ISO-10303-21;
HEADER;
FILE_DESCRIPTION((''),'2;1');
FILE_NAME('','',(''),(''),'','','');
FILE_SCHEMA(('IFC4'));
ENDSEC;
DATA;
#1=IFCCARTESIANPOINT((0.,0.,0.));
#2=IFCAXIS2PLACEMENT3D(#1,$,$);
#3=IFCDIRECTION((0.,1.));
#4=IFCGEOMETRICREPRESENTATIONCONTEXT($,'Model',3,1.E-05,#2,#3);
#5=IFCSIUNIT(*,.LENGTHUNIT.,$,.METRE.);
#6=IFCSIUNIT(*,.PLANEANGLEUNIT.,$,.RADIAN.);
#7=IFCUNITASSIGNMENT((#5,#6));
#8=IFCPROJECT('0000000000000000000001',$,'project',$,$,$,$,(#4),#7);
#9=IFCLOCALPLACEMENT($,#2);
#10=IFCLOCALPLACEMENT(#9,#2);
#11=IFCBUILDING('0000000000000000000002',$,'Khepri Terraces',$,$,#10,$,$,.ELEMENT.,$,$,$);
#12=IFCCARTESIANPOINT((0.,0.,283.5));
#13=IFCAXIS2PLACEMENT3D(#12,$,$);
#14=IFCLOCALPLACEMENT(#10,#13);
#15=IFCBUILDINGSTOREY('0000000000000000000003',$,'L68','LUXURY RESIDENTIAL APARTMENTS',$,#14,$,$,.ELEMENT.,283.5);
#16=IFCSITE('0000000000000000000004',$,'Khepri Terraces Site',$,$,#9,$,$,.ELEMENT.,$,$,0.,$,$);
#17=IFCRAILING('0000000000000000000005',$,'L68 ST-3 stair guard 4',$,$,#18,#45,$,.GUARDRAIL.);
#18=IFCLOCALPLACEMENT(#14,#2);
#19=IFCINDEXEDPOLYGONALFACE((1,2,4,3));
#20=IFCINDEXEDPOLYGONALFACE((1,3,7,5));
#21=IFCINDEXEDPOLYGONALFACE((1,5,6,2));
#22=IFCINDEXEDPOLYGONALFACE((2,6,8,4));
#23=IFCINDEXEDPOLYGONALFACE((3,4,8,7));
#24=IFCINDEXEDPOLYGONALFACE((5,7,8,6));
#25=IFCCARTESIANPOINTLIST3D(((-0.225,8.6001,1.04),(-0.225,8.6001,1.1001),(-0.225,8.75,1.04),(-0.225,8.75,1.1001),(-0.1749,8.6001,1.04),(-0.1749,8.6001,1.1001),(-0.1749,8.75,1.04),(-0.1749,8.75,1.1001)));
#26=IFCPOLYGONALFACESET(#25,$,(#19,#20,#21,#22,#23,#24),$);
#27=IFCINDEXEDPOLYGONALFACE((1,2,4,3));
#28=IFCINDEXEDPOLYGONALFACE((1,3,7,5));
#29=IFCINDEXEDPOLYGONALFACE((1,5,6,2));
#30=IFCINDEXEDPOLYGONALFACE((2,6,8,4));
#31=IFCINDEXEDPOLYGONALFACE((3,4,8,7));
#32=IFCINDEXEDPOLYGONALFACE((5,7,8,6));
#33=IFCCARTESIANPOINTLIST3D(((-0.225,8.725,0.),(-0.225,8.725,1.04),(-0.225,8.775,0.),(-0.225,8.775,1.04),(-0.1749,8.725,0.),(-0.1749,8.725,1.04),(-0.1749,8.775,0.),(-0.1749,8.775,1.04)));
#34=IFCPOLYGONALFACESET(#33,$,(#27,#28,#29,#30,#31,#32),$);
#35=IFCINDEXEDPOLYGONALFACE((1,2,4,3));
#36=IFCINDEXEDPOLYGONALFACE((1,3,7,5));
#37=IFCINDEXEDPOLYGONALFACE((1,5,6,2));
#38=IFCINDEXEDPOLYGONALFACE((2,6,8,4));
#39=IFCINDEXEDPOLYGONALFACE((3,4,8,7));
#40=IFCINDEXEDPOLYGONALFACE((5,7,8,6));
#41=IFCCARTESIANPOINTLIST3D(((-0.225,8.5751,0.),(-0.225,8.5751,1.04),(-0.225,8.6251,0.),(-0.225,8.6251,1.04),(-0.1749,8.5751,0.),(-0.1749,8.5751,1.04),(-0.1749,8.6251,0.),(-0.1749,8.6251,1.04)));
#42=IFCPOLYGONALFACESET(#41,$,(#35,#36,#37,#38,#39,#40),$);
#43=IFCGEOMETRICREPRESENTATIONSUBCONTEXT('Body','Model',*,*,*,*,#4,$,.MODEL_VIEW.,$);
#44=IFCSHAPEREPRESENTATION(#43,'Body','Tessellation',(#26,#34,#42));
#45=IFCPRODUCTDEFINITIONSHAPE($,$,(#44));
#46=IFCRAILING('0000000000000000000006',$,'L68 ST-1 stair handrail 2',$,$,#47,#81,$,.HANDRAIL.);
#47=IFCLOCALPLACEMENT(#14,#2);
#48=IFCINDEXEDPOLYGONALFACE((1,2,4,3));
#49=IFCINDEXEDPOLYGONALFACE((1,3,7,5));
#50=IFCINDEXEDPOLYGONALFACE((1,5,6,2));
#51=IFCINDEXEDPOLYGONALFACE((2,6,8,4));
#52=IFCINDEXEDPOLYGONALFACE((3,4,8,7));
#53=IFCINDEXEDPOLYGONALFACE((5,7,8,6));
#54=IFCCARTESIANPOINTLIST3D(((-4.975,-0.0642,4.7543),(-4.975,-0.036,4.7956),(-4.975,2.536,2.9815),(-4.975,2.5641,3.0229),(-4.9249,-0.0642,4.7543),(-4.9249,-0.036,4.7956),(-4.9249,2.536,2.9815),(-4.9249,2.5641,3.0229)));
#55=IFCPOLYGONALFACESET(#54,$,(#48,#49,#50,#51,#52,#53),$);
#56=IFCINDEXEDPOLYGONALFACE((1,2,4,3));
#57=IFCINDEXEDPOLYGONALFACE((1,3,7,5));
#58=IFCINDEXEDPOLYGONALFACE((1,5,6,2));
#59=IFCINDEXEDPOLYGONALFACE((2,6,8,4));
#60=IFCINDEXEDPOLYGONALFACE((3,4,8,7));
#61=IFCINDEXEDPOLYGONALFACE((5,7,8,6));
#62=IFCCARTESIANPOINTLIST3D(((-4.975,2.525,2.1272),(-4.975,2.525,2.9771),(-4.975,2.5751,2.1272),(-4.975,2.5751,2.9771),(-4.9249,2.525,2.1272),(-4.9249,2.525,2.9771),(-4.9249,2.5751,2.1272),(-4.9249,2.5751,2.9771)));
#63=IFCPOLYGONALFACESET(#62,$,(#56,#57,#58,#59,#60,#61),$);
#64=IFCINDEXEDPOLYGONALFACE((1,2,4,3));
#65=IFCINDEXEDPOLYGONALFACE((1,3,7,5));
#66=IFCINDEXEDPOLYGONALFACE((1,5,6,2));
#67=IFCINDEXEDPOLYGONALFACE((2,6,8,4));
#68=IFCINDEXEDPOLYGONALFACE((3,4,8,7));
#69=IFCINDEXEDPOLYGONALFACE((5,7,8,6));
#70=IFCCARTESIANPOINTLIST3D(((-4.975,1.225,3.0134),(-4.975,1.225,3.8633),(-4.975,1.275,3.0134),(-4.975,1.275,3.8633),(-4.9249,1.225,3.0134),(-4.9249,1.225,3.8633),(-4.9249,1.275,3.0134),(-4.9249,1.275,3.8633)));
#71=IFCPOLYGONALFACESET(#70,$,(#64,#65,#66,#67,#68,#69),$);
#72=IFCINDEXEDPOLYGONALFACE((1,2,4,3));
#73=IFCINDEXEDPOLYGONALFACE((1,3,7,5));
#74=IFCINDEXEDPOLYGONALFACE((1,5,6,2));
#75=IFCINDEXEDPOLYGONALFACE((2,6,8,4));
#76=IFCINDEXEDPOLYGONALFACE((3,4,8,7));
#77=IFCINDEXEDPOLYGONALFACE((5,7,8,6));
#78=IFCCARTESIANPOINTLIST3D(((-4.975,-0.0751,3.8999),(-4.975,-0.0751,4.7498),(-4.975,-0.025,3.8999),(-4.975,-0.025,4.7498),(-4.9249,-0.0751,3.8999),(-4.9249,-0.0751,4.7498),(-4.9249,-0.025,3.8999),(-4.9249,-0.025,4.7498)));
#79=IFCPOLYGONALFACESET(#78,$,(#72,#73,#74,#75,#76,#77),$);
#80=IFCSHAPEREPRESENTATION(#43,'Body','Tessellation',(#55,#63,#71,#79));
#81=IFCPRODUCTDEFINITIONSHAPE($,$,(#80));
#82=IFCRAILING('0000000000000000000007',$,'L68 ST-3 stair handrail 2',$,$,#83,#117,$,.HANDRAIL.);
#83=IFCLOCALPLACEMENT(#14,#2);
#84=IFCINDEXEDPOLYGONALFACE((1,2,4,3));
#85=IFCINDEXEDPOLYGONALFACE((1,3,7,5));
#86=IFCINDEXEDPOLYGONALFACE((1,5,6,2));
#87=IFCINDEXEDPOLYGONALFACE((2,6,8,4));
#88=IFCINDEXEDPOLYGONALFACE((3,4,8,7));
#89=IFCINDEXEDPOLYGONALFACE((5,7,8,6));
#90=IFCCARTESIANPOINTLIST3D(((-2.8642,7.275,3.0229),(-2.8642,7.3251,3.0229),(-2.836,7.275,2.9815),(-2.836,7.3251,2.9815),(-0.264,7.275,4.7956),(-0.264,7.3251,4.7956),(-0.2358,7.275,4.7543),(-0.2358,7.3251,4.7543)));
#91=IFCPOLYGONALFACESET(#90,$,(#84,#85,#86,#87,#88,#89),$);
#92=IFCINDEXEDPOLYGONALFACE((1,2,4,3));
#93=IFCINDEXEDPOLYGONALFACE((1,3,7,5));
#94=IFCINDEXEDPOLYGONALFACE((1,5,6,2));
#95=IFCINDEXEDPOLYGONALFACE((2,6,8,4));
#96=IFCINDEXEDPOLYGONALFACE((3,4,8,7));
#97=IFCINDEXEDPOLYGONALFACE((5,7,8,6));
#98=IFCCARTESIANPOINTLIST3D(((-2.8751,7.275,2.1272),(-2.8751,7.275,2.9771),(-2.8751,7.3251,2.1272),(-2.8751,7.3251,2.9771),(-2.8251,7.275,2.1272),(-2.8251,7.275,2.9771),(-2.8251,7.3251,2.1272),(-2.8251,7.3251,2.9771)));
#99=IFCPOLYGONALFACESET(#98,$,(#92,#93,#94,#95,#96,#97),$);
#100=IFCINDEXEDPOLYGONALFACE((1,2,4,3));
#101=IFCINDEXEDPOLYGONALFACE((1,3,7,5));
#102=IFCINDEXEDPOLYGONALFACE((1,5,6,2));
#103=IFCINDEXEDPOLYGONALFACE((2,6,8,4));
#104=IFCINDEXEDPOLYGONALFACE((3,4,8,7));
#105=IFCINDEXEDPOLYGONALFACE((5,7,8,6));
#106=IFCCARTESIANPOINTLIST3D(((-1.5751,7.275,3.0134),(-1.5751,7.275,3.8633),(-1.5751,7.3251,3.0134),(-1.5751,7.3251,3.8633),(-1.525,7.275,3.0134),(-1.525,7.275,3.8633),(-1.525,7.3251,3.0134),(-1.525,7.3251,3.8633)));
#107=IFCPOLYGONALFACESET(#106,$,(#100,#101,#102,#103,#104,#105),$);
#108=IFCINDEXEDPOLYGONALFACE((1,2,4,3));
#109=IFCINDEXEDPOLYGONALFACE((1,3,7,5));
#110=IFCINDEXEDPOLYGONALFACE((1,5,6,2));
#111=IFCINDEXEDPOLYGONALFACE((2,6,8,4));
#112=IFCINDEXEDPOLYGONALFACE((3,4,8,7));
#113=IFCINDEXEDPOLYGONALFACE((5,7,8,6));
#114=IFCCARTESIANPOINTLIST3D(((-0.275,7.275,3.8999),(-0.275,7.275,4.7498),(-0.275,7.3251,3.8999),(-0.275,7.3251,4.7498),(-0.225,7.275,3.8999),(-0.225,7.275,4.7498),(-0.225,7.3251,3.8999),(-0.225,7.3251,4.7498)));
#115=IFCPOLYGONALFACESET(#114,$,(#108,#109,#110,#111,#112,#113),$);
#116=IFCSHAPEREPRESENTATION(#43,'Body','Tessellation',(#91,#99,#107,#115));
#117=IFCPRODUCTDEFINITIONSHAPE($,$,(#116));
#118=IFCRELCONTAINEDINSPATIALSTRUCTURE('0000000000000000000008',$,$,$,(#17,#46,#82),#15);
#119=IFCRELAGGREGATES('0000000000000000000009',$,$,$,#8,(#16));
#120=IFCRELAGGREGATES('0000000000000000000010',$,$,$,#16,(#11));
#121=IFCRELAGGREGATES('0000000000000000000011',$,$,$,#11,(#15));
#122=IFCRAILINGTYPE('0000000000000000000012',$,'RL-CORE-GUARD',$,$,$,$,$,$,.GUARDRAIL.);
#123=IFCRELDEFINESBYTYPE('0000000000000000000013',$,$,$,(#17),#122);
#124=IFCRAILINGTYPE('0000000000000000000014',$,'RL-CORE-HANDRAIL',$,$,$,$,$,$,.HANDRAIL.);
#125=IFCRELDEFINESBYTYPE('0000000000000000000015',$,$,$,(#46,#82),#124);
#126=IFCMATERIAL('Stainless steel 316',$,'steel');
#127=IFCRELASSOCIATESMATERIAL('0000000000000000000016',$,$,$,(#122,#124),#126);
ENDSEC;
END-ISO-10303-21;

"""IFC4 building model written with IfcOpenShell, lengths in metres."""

from ifc_helpers import new_model, si_unit, direction, frame, origin, origin_2d, place, context, subcontext, project, spatial, rectangle, extrude, material, type_object, element, save


model = new_model("IFC4")

# Units and contexts
model_context = context("Model", 3, precision=1e-05, world=origin(), true_north=direction((0.0, 1.0)))
body_context = subcontext(model_context, "Body", "Model", "MODEL_VIEW")
ifc_project = project(units=[si_unit("LENGTHUNIT", "METRE"), si_unit("PLANEANGLEUNIT", "RADIAN")], contexts=[model_context])

# Site, building, storey
site_placement = place(None, origin())
site = spatial("IfcSite", under=ifc_project, at=site_placement, Name="Khepri Terraces Site", CompositionType="ELEMENT", RefElevation=0.0)
building_placement = place(site_placement, origin())
building = spatial("IfcBuilding", under=site, at=building_placement, Name="Khepri Terraces", CompositionType="ELEMENT")
storey_placement = place(building_placement, frame((0.0, 0.0, 283.5)))
storey = spatial("IfcBuildingStorey", under=building, at=storey_placement, Name="L68", Description="LUXURY RESIDENTIAL APARTMENTS", CompositionType="ELEMENT", Elevation=283.5)

# Railings
ifc_material_1 = material(Name="Stainless steel 316", Category="steel")
railing_type_1 = type_object("IfcRailingType", Name="RL-CORE-GUARD", PredefinedType="GUARDRAIL", material=ifc_material_1)
railing_1_placement = place(storey_placement, frame((-0.2, 8.75, 0.0)))
element("IfcRailing", 1, at=railing_1_placement, inside=storey, type_object=railing_type_1, Name="L68 ST-3 stair guard 4", PredefinedType="GUARDRAIL", context=body_context, shape_type="SweptSolid", body=[
    extrude(rectangle(XDim=0.05, YDim=0.0601, at=origin_2d()), frame((0.0, 0.0, 1.0701), z_axis=(0.0, -1.0, 0.0), x_axis=(1.0, 0.0, 0.0)), (0.0, 0.0, 1.0), 0.1499),
    extrude(rectangle(XDim=0.05, YDim=0.05, at=origin_2d()), origin(), (0.0, 0.0, 1.0), 1.04),
    extrude(rectangle(XDim=0.05, YDim=0.05, at=origin_2d()), frame((0.0, -0.1499, 0.0)), (0.0, 0.0, 1.0), 1.04),
])
railing_type_2 = type_object("IfcRailingType", Name="RL-CORE-HANDRAIL", PredefinedType="HANDRAIL", material=ifc_material_1)
railing_2_placement = place(storey_placement, frame((-4.95, 2.55, 2.1272)))
element("IfcRailing", 2, at=railing_2_placement, inside=storey, type_object=railing_type_2, Name="L68 ST-1 stair handrail 2", PredefinedType="HANDRAIL", context=body_context, shape_type="SweptSolid", body=[
    extrude(rectangle(XDim=0.05, YDim=0.05, at=origin_2d()), frame((0.0, 0.0, 0.875), z_axis=(0.0, -0.82624, 0.563318), x_axis=(1.0, 0.0, 0.0)), (0.0, 0.0, 1.0), 3.147),
    extrude(rectangle(XDim=0.05, YDim=0.05, at=origin_2d()), origin(), (0.0, 0.0, 1.0), 0.8499),
    extrude(rectangle(XDim=0.05, YDim=0.05, at=origin_2d()), frame((0.0, -1.3, 0.8862)), (0.0, 0.0, 1.0), 0.8499),
    extrude(rectangle(XDim=0.05, YDim=0.05, at=origin_2d()), frame((0.0, -2.6001, 1.7727)), (0.0, 0.0, 1.0), 0.8499),
])
railing_3_placement = place(storey_placement, frame((-2.8501, 7.3, 2.1272)))
element("IfcRailing", 3, at=railing_3_placement, inside=storey, type_object=railing_type_2, Name="L68 ST-3 stair handrail 2", PredefinedType="HANDRAIL", context=body_context, shape_type="SweptSolid", body=[
    extrude(rectangle(XDim=0.05, YDim=0.05, at=origin_2d()), frame((0.0, 0.0, 0.875), z_axis=(0.82624, 0.0, 0.563318), x_axis=(0.0, 1.0, 0.0)), (0.0, 0.0, 1.0), 3.147),
    extrude(rectangle(XDim=0.05, YDim=0.05, at=origin_2d()), origin(), (0.0, 0.0, 1.0), 0.8499),
    extrude(rectangle(XDim=0.05, YDim=0.05, at=origin_2d()), frame((1.3, 0.0, 0.8862)), (0.0, 0.0, 1.0), 0.8499),
    extrude(rectangle(XDim=0.05, YDim=0.05, at=origin_2d()), frame((2.6001, 0.0, 1.7727)), (0.0, 0.0, 1.0), 0.8499),
])

save(model, "model.ifc")
